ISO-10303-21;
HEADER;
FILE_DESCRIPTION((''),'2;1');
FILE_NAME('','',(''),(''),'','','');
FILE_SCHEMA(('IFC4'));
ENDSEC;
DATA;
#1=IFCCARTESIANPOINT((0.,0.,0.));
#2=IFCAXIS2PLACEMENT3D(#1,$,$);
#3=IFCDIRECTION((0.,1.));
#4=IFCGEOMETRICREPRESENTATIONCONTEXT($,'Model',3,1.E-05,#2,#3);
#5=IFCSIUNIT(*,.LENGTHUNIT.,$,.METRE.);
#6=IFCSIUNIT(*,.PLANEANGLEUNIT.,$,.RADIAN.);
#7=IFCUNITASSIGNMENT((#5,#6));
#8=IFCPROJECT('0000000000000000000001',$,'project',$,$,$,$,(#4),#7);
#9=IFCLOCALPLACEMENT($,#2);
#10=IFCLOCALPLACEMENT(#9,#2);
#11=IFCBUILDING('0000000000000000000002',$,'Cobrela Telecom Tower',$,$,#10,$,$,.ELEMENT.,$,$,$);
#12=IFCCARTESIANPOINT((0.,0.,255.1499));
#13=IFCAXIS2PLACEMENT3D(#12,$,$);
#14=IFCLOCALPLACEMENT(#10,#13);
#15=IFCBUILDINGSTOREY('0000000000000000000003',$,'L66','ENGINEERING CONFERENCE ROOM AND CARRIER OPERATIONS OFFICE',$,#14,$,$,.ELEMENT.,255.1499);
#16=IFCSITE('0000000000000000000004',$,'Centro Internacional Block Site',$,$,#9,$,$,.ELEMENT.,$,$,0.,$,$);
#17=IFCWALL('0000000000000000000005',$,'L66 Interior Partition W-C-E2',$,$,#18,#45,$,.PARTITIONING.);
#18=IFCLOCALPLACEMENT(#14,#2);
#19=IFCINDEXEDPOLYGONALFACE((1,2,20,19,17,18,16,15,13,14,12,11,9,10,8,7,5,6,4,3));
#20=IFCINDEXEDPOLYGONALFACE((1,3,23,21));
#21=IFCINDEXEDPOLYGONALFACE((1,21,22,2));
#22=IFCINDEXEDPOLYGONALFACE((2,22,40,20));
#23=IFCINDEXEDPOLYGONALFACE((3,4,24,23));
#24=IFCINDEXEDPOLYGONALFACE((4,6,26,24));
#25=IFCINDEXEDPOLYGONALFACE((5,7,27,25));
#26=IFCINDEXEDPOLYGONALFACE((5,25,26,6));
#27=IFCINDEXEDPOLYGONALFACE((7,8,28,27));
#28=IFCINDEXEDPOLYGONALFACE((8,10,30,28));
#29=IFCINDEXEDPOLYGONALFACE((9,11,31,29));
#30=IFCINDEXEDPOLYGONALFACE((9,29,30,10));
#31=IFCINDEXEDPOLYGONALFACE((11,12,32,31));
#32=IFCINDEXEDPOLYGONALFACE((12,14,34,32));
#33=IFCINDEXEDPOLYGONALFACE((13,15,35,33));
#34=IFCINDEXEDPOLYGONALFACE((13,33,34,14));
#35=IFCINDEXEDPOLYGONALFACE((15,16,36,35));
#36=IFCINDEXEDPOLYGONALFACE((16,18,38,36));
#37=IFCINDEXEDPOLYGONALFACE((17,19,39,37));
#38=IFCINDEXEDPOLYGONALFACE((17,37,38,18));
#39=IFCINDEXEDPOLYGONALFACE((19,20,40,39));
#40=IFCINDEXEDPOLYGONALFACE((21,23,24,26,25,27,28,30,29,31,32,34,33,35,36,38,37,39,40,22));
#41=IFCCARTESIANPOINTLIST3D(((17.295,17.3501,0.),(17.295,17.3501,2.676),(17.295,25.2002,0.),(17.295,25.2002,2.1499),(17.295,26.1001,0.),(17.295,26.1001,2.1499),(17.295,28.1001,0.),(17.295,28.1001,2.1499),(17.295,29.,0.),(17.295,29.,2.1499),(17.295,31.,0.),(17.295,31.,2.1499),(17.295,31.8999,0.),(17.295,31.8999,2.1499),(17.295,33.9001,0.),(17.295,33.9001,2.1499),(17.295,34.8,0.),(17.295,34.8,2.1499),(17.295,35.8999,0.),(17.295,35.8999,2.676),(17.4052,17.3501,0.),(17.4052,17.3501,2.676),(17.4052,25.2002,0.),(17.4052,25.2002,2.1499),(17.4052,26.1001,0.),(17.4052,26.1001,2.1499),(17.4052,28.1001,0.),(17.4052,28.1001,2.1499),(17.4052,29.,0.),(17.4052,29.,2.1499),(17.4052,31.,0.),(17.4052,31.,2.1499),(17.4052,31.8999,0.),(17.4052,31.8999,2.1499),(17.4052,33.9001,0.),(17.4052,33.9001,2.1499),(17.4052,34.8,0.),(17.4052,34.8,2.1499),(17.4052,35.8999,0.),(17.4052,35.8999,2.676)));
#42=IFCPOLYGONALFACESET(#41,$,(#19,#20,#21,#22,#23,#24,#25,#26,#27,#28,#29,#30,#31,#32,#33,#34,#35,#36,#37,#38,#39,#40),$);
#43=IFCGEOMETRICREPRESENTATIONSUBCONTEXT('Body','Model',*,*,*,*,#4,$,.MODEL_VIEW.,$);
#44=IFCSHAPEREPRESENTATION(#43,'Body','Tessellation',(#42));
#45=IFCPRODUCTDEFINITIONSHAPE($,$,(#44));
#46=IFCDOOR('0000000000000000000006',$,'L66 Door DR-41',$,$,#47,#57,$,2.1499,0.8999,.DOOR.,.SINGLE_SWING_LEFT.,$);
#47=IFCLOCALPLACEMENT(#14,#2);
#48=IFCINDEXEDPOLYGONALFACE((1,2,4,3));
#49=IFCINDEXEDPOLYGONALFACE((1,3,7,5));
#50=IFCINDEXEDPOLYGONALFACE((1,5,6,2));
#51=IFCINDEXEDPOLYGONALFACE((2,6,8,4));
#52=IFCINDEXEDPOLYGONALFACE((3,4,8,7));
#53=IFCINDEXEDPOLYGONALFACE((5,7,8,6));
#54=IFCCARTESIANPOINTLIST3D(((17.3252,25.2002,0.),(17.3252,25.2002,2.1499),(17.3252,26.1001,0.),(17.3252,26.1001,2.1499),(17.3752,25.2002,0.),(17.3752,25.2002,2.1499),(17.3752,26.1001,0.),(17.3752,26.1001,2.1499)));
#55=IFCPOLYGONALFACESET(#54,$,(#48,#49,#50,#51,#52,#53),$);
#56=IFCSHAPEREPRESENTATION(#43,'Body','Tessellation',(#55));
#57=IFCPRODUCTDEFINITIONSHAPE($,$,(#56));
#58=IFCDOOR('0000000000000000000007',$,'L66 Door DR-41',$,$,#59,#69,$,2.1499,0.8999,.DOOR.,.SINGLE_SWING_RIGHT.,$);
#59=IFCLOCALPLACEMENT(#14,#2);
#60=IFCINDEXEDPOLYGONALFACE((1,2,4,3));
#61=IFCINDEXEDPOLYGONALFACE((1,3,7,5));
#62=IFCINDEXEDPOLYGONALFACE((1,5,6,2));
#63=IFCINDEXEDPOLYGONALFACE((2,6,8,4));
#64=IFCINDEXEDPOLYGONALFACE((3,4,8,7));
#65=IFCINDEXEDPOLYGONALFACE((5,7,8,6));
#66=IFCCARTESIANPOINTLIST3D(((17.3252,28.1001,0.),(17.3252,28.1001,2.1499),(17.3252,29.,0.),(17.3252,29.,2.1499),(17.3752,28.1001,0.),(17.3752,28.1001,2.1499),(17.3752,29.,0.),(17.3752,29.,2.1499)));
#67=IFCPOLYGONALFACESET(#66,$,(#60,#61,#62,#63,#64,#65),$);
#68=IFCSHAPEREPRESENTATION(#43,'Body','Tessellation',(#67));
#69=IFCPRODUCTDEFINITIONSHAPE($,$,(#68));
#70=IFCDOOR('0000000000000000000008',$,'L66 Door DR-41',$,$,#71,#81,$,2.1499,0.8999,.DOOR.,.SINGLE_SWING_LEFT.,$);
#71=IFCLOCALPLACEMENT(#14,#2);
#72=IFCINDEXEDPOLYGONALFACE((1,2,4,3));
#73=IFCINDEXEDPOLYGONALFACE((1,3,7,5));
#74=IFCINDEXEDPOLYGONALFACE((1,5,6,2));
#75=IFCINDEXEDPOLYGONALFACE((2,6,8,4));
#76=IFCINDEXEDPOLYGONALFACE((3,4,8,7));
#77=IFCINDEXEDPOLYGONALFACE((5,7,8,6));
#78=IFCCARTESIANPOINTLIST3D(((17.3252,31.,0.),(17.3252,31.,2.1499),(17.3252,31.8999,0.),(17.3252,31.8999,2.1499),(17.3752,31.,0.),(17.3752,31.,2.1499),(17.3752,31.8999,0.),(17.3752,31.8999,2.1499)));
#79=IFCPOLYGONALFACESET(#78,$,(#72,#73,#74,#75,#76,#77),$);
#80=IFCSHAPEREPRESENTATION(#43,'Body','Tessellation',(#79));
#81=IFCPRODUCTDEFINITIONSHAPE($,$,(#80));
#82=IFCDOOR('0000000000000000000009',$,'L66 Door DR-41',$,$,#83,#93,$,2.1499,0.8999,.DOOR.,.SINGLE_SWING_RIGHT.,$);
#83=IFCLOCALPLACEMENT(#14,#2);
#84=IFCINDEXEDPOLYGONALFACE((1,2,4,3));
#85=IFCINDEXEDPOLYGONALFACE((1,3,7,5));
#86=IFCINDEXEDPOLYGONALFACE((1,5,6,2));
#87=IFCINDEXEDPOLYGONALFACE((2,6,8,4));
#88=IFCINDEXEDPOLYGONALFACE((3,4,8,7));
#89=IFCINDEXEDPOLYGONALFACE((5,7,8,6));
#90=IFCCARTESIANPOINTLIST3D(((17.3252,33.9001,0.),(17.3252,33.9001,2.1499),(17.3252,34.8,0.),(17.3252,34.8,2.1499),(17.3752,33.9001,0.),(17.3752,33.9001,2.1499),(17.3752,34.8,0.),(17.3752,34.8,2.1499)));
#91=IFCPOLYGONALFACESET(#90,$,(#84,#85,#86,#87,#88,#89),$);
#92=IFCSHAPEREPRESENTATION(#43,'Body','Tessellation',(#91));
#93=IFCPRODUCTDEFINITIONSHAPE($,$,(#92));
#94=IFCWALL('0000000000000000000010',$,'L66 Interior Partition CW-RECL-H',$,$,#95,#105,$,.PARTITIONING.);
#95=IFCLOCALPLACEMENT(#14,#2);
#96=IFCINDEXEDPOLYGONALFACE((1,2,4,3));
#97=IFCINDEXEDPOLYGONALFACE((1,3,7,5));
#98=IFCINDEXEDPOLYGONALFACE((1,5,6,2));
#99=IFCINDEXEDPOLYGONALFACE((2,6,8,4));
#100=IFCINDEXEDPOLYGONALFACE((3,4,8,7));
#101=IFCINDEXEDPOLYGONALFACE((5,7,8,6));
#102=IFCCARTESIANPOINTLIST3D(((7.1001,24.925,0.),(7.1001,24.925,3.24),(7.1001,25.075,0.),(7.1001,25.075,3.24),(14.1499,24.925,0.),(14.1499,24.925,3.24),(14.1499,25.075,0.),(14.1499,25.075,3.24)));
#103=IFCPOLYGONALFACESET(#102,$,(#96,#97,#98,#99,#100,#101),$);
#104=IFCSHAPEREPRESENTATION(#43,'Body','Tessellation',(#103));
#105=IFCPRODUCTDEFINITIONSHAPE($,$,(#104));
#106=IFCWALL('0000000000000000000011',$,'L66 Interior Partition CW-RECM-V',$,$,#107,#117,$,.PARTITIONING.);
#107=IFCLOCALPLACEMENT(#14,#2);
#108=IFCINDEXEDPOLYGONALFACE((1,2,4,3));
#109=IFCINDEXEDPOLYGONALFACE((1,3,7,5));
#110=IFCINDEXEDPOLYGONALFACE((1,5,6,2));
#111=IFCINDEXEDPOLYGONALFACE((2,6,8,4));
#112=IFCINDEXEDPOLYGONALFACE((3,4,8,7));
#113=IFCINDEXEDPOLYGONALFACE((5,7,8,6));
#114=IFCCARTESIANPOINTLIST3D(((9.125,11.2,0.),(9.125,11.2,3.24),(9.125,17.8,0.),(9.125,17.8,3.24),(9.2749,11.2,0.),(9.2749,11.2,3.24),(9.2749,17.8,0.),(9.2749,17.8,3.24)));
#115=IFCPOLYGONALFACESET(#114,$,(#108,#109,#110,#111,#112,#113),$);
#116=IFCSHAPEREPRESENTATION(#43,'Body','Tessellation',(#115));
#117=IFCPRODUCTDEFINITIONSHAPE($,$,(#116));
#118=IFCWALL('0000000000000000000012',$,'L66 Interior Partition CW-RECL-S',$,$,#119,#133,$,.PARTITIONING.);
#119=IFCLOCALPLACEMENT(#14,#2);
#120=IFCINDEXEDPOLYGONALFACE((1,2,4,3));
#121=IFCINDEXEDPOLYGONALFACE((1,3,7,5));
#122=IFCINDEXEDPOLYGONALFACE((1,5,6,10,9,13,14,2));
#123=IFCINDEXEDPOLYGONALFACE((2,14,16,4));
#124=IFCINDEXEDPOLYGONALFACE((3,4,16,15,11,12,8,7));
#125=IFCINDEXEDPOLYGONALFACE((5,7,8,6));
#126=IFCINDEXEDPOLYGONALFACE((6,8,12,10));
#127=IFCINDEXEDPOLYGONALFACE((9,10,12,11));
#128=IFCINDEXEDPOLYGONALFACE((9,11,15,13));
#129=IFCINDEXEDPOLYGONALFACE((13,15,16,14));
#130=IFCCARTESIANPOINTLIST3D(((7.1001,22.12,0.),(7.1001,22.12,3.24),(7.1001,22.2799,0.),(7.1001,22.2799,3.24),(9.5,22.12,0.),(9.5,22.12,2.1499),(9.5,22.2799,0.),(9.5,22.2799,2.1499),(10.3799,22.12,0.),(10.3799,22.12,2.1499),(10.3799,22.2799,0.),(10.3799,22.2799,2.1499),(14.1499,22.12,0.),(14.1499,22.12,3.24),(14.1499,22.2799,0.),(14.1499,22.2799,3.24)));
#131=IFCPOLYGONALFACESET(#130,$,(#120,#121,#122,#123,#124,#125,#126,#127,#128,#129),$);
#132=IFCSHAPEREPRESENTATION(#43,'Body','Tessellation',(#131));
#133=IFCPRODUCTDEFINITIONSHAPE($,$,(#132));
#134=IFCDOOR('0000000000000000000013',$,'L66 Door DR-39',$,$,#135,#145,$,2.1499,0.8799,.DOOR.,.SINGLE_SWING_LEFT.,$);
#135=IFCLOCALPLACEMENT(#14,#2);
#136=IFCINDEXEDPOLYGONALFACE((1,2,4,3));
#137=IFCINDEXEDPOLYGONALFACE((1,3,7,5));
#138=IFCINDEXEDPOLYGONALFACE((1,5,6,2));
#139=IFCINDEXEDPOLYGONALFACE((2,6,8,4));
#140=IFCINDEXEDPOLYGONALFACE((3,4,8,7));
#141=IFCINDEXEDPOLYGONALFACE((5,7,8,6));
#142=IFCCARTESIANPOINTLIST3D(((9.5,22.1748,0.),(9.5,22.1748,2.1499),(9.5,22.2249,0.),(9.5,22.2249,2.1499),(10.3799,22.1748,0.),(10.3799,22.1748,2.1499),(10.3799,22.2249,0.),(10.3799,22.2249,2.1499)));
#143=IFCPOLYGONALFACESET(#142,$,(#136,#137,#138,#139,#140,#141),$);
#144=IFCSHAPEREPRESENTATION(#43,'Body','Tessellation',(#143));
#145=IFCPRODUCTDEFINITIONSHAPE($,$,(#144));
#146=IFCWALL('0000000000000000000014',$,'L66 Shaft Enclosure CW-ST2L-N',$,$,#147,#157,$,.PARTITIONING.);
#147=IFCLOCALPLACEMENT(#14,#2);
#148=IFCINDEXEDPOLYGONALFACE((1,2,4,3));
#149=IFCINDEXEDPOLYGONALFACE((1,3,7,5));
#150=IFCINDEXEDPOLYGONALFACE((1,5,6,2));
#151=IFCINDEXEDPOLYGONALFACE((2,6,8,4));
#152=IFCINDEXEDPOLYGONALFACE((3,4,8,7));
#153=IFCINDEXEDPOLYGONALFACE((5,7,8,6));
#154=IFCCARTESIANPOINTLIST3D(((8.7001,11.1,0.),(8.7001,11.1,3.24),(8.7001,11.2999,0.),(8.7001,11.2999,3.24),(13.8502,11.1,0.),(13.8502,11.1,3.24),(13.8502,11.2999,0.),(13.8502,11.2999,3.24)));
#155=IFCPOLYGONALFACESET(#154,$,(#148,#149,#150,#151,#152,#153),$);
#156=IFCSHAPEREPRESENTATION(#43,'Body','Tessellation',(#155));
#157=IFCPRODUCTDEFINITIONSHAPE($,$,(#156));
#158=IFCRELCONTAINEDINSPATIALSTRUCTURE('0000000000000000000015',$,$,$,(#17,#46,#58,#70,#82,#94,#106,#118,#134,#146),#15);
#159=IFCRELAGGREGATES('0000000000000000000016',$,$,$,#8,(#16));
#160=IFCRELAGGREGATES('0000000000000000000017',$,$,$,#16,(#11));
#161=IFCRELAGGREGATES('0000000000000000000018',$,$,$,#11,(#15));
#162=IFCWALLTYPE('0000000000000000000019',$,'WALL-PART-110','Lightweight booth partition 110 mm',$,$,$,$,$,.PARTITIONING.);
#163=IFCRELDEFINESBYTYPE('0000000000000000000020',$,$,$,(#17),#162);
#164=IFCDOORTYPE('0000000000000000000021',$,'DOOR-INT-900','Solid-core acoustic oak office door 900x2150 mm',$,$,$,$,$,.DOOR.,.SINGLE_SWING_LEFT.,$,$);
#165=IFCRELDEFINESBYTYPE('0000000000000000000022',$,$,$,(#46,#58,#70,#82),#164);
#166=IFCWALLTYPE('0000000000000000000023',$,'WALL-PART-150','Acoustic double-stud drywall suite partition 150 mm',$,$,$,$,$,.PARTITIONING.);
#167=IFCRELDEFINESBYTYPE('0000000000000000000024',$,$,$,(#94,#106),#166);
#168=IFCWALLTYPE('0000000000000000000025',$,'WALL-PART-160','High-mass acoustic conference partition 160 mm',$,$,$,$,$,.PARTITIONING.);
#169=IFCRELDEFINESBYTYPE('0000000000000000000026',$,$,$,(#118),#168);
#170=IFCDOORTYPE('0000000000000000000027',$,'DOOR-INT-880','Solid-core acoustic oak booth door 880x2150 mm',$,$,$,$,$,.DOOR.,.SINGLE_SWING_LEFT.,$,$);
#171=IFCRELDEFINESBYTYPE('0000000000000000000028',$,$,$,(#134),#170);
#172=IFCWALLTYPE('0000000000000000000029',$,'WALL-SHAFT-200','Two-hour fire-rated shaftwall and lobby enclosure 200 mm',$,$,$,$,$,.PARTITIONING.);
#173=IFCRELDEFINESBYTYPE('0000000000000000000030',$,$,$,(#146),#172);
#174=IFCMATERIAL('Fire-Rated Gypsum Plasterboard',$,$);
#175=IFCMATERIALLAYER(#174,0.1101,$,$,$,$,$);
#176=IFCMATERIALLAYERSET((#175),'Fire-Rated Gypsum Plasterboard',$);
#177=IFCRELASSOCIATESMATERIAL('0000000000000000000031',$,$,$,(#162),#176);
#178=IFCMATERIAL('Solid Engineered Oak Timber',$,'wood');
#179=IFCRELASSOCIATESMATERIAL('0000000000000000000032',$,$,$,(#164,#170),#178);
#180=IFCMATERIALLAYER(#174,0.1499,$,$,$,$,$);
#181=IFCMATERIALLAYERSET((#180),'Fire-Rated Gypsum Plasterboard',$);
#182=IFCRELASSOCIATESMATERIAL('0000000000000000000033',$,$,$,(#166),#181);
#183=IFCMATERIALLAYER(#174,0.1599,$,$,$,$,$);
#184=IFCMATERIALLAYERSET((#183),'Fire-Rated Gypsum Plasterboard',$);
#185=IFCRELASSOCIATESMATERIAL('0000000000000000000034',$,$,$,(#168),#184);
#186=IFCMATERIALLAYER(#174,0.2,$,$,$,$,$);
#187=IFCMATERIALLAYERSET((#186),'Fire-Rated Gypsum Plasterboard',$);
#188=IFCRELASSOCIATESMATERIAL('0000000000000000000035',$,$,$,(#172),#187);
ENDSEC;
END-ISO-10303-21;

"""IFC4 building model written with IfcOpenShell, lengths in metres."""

from ifc_helpers import new_model, si_unit, direction, frame, frame_2d, origin, place, context, subcontext, project, spatial, rectangle, extrude, material, layer, layer_set, type_object, element, fill, save


model = new_model("IFC4")

# Units and contexts
model_context = context("Model", 3, precision=1e-05, world=origin(), true_north=direction((0.0, 1.0)))
body_context = subcontext(model_context, "Body", "Model", "MODEL_VIEW")
ifc_project = project(units=[si_unit("LENGTHUNIT", "METRE"), si_unit("PLANEANGLEUNIT", "RADIAN")], contexts=[model_context])

# Site, building, storey
site_placement = place(None, origin())
site = spatial("IfcSite", under=ifc_project, at=site_placement, Name="Centro Internacional Block Site", CompositionType="ELEMENT", RefElevation=0.0)
building_placement = place(site_placement, origin())
building = spatial("IfcBuilding", under=site, at=building_placement, Name="Cobrela Telecom Tower", CompositionType="ELEMENT")
storey_placement = place(building_placement, frame((0.0, 0.0, 255.1499)))
storey = spatial("IfcBuildingStorey", under=building, at=storey_placement, Name="L66", Description="ENGINEERING CONFERENCE ROOM AND CARRIER OPERATIONS OFFICE", CompositionType="ELEMENT", Elevation=255.1499)

# Shared definitions
ifc_material_1 = material(Name="Fire-Rated Gypsum Plasterboard")
ifc_layer_1 = layer(ifc_material_1, 0.1101)
ifc_layer_set_1 = layer_set([ifc_layer_1], Name="Fire-Rated Gypsum Plasterboard")
wall_type_1 = type_object("IfcWallType", Name="WALL-PART-110", Description="Lightweight booth partition 110 mm", PredefinedType="PARTITIONING", material=ifc_layer_set_1)
ifc_material_2 = material(Name="Solid Engineered Oak Timber", Category="wood")
door_type_1 = type_object("IfcDoorType", Name="DOOR-INT-900", Description="Solid-core acoustic oak office door 900x2150 mm", OperationType="SINGLE_SWING_LEFT", PredefinedType="DOOR", material=ifc_material_2)

# Wall, openings, doors
wall_1_placement = place(storey_placement, frame((17.3501, 17.3501, 0.0), z_axis=(0.0, 0.0, 1.0), x_axis=(0.0, 1.0, 0.0)))
wall_1 = element("IfcWall", 1, at=wall_1_placement, inside=storey, type_object=wall_type_1, Name="L66 Interior Partition W-C-E2", PredefinedType="PARTITIONING", context=body_context, shape_type="SweptSolid", body=[
    extrude(rectangle(XDim=18.5498, YDim=0.1101, at=frame_2d((9.2749, 0.0))), origin(), (0.0, 0.0, 1.0), 2.676),
])
opening_1_placement = place(wall_1_placement, frame((7.8501, 0.0, 0.0)))
opening_1 = element("IfcOpeningElement", 2, at=opening_1_placement, cuts=wall_1, PredefinedType="OPENING", context=body_context, shape_type="SweptSolid", body=[
    extrude(rectangle(XDim=0.8999, YDim=2.1499, at=frame_2d((0.45, 1.075))), frame((0.0, 0.0669, 0.0), z_axis=(0.0, -1.0, 0.0), x_axis=(1.0, 0.0, 0.0)), (0.0, 0.0, 1.0), 0.134),
])
opening_2_placement = place(wall_1_placement, frame((10.75, 0.0, 0.0)))
opening_2 = element("IfcOpeningElement", 3, at=opening_2_placement, cuts=wall_1, PredefinedType="OPENING", context=body_context, shape_type="SweptSolid", body=[
    extrude(rectangle(XDim=0.8999, YDim=2.1499, at=frame_2d((0.45, 1.075))), frame((0.0, 0.0669, 0.0), z_axis=(0.0, -1.0, 0.0), x_axis=(1.0, 0.0, 0.0)), (0.0, 0.0, 1.0), 0.134),
])
opening_3_placement = place(wall_1_placement, frame((13.6499, 0.0, 0.0)))
opening_3 = element("IfcOpeningElement", 4, at=opening_3_placement, cuts=wall_1, PredefinedType="OPENING", context=body_context, shape_type="SweptSolid", body=[
    extrude(rectangle(XDim=0.8999, YDim=2.1499, at=frame_2d((0.45, 1.075))), frame((0.0, 0.0669, 0.0), z_axis=(0.0, -1.0, 0.0), x_axis=(1.0, 0.0, 0.0)), (0.0, 0.0, 1.0), 0.134),
])
opening_4_placement = place(wall_1_placement, frame((16.55, 0.0, 0.0)))
opening_4 = element("IfcOpeningElement", 5, at=opening_4_placement, cuts=wall_1, PredefinedType="OPENING", context=body_context, shape_type="SweptSolid", body=[
    extrude(rectangle(XDim=0.8999, YDim=2.1499, at=frame_2d((0.45, 1.075))), frame((0.0, 0.0669, 0.0), z_axis=(0.0, -1.0, 0.0), x_axis=(1.0, 0.0, 0.0)), (0.0, 0.0, 1.0), 0.134),
])
door_1_placement = place(opening_1_placement, origin())
door_1 = element("IfcDoor", 6, at=door_1_placement, inside=storey, type_object=door_type_1, Name="L66 Door DR-41", OperationType="SINGLE_SWING_LEFT", OverallHeight=2.1499, OverallWidth=0.8999, PredefinedType="DOOR", context=body_context, shape_type="SweptSolid", body=[
    extrude(rectangle(XDim=0.8999, YDim=2.1499, at=frame_2d((0.45, 1.075))), frame((0.0, 0.0249, 0.0), z_axis=(0.0, -1.0, 0.0), x_axis=(1.0, 0.0, 0.0)), (0.0, 0.0, 1.0), 0.05),
])
fill(opening_1, door_1)
door_2_placement = place(opening_2_placement, origin())
door_2 = element("IfcDoor", 7, at=door_2_placement, inside=storey, type_object=door_type_1, Name="L66 Door DR-41", OperationType="SINGLE_SWING_RIGHT", OverallHeight=2.1499, OverallWidth=0.8999, PredefinedType="DOOR", context=body_context, shape_type="SweptSolid", body=[
    extrude(rectangle(XDim=0.8999, YDim=2.1499, at=frame_2d((0.45, 1.075))), frame((0.0, 0.0249, 0.0), z_axis=(0.0, -1.0, 0.0), x_axis=(1.0, 0.0, 0.0)), (0.0, 0.0, 1.0), 0.05),
])
fill(opening_2, door_2)
door_3_placement = place(opening_3_placement, origin())
door_3 = element("IfcDoor", 8, at=door_3_placement, inside=storey, type_object=door_type_1, Name="L66 Door DR-41", OperationType="SINGLE_SWING_LEFT", OverallHeight=2.1499, OverallWidth=0.8999, PredefinedType="DOOR", context=body_context, shape_type="SweptSolid", body=[
    extrude(rectangle(XDim=0.8999, YDim=2.1499, at=frame_2d((0.45, 1.075))), frame((0.0, 0.0249, 0.0), z_axis=(0.0, -1.0, 0.0), x_axis=(1.0, 0.0, 0.0)), (0.0, 0.0, 1.0), 0.05),
])
fill(opening_3, door_3)
door_4_placement = place(opening_4_placement, origin())
door_4 = element("IfcDoor", 9, at=door_4_placement, inside=storey, type_object=door_type_1, Name="L66 Door DR-41", OperationType="SINGLE_SWING_RIGHT", OverallHeight=2.1499, OverallWidth=0.8999, PredefinedType="DOOR", context=body_context, shape_type="SweptSolid", body=[
    extrude(rectangle(XDim=0.8999, YDim=2.1499, at=frame_2d((0.45, 1.075))), frame((0.0, 0.0249, 0.0), z_axis=(0.0, -1.0, 0.0), x_axis=(1.0, 0.0, 0.0)), (0.0, 0.0, 1.0), 0.05),
])
fill(opening_4, door_4)

# Walls
ifc_layer_2 = layer(ifc_material_1, 0.1499)
ifc_layer_set_2 = layer_set([ifc_layer_2], Name="Fire-Rated Gypsum Plasterboard")
wall_type_2 = type_object("IfcWallType", Name="WALL-PART-150", Description="Acoustic double-stud drywall suite partition 150 mm", PredefinedType="PARTITIONING", material=ifc_layer_set_2)
wall_2_placement = place(storey_placement, frame((7.1001, 25.0, 0.0), z_axis=(0.0, 0.0, 1.0), x_axis=(1.0, 0.0, 0.0)))
element("IfcWall", 10, at=wall_2_placement, inside=storey, type_object=wall_type_2, Name="L66 Interior Partition CW-RECL-H", PredefinedType="PARTITIONING", context=body_context, shape_type="SweptSolid", body=[
    extrude(rectangle(XDim=7.0498, YDim=0.1499, at=frame_2d((3.5249, 0.0))), origin(), (0.0, 0.0, 1.0), 3.24),
])
wall_3_placement = place(storey_placement, frame((9.2, 11.2, 0.0), z_axis=(0.0, 0.0, 1.0), x_axis=(0.0, 1.0, 0.0)))
element("IfcWall", 11, at=wall_3_placement, inside=storey, type_object=wall_type_2, Name="L66 Interior Partition CW-RECM-V", PredefinedType="PARTITIONING", context=body_context, shape_type="SweptSolid", body=[
    extrude(rectangle(XDim=6.6001, YDim=0.1499, at=frame_2d((3.3, 0.0))), origin(), (0.0, 0.0, 1.0), 3.24),
])

# Wall, opening, door
door_type_2 = type_object("IfcDoorType", Name="DOOR-INT-880", Description="Solid-core acoustic oak booth door 880x2150 mm", OperationType="SINGLE_SWING_LEFT", PredefinedType="DOOR", material=ifc_material_2)
ifc_layer_3 = layer(ifc_material_1, 0.1599)
ifc_layer_set_3 = layer_set([ifc_layer_3], Name="Fire-Rated Gypsum Plasterboard")
wall_type_3 = type_object("IfcWallType", Name="WALL-PART-160", Description="High-mass acoustic conference partition 160 mm", PredefinedType="PARTITIONING", material=ifc_layer_set_3)
wall_4_placement = place(storey_placement, frame((7.1001, 22.2, 0.0), z_axis=(0.0, 0.0, 1.0), x_axis=(1.0, 0.0, 0.0)))
wall_4 = element("IfcWall", 12, at=wall_4_placement, inside=storey, type_object=wall_type_3, Name="L66 Interior Partition CW-RECL-S", PredefinedType="PARTITIONING", context=body_context, shape_type="SweptSolid", body=[
    extrude(rectangle(XDim=7.0498, YDim=0.1599, at=frame_2d((3.5249, 0.0))), origin(), (0.0, 0.0, 1.0), 3.24),
])
opening_5_placement = place(wall_4_placement, frame((2.3999, 0.0, 0.0)))
opening_5 = element("IfcOpeningElement", 13, at=opening_5_placement, cuts=wall_4, PredefinedType="OPENING", context=body_context, shape_type="SweptSolid", body=[
    extrude(rectangle(XDim=0.8799, YDim=2.1499, at=frame_2d((0.4399, 1.075))), frame((0.0, 0.0918, 0.0), z_axis=(0.0, -1.0, 0.0), x_axis=(1.0, 0.0, 0.0)), (0.0, 0.0, 1.0), 0.1838),
])
door_5_placement = place(opening_5_placement, origin())
door_5 = element("IfcDoor", 14, at=door_5_placement, inside=storey, type_object=door_type_2, Name="L66 Door DR-39", OperationType="SINGLE_SWING_LEFT", OverallHeight=2.1499, OverallWidth=0.8799, PredefinedType="DOOR", context=body_context, shape_type="SweptSolid", body=[
    extrude(rectangle(XDim=0.8799, YDim=2.1499, at=frame_2d((0.4399, 1.075))), frame((0.0, 0.0249, 0.0), z_axis=(0.0, -1.0, 0.0), x_axis=(1.0, 0.0, 0.0)), (0.0, 0.0, 1.0), 0.05),
])
fill(opening_5, door_5)

# Wall
ifc_layer_4 = layer(ifc_material_1, 0.2)
ifc_layer_set_4 = layer_set([ifc_layer_4], Name="Fire-Rated Gypsum Plasterboard")
wall_type_4 = type_object("IfcWallType", Name="WALL-SHAFT-200", Description="Two-hour fire-rated shaftwall and lobby enclosure 200 mm", PredefinedType="PARTITIONING", material=ifc_layer_set_4)
wall_5_placement = place(storey_placement, frame((8.7, 11.2, 0.0), z_axis=(0.0, 0.0, 1.0), x_axis=(1.0, 0.0, 0.0)))
element("IfcWall", 15, at=wall_5_placement, inside=storey, type_object=wall_type_4, Name="L66 Shaft Enclosure CW-ST2L-N", PredefinedType="PARTITIONING", context=body_context, shape_type="SweptSolid", body=[
    extrude(rectangle(XDim=5.1501, YDim=0.2, at=frame_2d((2.5752, 0.0))), origin(), (0.0, 0.0, 1.0), 3.24),
])

save(model, "model.ifc")
